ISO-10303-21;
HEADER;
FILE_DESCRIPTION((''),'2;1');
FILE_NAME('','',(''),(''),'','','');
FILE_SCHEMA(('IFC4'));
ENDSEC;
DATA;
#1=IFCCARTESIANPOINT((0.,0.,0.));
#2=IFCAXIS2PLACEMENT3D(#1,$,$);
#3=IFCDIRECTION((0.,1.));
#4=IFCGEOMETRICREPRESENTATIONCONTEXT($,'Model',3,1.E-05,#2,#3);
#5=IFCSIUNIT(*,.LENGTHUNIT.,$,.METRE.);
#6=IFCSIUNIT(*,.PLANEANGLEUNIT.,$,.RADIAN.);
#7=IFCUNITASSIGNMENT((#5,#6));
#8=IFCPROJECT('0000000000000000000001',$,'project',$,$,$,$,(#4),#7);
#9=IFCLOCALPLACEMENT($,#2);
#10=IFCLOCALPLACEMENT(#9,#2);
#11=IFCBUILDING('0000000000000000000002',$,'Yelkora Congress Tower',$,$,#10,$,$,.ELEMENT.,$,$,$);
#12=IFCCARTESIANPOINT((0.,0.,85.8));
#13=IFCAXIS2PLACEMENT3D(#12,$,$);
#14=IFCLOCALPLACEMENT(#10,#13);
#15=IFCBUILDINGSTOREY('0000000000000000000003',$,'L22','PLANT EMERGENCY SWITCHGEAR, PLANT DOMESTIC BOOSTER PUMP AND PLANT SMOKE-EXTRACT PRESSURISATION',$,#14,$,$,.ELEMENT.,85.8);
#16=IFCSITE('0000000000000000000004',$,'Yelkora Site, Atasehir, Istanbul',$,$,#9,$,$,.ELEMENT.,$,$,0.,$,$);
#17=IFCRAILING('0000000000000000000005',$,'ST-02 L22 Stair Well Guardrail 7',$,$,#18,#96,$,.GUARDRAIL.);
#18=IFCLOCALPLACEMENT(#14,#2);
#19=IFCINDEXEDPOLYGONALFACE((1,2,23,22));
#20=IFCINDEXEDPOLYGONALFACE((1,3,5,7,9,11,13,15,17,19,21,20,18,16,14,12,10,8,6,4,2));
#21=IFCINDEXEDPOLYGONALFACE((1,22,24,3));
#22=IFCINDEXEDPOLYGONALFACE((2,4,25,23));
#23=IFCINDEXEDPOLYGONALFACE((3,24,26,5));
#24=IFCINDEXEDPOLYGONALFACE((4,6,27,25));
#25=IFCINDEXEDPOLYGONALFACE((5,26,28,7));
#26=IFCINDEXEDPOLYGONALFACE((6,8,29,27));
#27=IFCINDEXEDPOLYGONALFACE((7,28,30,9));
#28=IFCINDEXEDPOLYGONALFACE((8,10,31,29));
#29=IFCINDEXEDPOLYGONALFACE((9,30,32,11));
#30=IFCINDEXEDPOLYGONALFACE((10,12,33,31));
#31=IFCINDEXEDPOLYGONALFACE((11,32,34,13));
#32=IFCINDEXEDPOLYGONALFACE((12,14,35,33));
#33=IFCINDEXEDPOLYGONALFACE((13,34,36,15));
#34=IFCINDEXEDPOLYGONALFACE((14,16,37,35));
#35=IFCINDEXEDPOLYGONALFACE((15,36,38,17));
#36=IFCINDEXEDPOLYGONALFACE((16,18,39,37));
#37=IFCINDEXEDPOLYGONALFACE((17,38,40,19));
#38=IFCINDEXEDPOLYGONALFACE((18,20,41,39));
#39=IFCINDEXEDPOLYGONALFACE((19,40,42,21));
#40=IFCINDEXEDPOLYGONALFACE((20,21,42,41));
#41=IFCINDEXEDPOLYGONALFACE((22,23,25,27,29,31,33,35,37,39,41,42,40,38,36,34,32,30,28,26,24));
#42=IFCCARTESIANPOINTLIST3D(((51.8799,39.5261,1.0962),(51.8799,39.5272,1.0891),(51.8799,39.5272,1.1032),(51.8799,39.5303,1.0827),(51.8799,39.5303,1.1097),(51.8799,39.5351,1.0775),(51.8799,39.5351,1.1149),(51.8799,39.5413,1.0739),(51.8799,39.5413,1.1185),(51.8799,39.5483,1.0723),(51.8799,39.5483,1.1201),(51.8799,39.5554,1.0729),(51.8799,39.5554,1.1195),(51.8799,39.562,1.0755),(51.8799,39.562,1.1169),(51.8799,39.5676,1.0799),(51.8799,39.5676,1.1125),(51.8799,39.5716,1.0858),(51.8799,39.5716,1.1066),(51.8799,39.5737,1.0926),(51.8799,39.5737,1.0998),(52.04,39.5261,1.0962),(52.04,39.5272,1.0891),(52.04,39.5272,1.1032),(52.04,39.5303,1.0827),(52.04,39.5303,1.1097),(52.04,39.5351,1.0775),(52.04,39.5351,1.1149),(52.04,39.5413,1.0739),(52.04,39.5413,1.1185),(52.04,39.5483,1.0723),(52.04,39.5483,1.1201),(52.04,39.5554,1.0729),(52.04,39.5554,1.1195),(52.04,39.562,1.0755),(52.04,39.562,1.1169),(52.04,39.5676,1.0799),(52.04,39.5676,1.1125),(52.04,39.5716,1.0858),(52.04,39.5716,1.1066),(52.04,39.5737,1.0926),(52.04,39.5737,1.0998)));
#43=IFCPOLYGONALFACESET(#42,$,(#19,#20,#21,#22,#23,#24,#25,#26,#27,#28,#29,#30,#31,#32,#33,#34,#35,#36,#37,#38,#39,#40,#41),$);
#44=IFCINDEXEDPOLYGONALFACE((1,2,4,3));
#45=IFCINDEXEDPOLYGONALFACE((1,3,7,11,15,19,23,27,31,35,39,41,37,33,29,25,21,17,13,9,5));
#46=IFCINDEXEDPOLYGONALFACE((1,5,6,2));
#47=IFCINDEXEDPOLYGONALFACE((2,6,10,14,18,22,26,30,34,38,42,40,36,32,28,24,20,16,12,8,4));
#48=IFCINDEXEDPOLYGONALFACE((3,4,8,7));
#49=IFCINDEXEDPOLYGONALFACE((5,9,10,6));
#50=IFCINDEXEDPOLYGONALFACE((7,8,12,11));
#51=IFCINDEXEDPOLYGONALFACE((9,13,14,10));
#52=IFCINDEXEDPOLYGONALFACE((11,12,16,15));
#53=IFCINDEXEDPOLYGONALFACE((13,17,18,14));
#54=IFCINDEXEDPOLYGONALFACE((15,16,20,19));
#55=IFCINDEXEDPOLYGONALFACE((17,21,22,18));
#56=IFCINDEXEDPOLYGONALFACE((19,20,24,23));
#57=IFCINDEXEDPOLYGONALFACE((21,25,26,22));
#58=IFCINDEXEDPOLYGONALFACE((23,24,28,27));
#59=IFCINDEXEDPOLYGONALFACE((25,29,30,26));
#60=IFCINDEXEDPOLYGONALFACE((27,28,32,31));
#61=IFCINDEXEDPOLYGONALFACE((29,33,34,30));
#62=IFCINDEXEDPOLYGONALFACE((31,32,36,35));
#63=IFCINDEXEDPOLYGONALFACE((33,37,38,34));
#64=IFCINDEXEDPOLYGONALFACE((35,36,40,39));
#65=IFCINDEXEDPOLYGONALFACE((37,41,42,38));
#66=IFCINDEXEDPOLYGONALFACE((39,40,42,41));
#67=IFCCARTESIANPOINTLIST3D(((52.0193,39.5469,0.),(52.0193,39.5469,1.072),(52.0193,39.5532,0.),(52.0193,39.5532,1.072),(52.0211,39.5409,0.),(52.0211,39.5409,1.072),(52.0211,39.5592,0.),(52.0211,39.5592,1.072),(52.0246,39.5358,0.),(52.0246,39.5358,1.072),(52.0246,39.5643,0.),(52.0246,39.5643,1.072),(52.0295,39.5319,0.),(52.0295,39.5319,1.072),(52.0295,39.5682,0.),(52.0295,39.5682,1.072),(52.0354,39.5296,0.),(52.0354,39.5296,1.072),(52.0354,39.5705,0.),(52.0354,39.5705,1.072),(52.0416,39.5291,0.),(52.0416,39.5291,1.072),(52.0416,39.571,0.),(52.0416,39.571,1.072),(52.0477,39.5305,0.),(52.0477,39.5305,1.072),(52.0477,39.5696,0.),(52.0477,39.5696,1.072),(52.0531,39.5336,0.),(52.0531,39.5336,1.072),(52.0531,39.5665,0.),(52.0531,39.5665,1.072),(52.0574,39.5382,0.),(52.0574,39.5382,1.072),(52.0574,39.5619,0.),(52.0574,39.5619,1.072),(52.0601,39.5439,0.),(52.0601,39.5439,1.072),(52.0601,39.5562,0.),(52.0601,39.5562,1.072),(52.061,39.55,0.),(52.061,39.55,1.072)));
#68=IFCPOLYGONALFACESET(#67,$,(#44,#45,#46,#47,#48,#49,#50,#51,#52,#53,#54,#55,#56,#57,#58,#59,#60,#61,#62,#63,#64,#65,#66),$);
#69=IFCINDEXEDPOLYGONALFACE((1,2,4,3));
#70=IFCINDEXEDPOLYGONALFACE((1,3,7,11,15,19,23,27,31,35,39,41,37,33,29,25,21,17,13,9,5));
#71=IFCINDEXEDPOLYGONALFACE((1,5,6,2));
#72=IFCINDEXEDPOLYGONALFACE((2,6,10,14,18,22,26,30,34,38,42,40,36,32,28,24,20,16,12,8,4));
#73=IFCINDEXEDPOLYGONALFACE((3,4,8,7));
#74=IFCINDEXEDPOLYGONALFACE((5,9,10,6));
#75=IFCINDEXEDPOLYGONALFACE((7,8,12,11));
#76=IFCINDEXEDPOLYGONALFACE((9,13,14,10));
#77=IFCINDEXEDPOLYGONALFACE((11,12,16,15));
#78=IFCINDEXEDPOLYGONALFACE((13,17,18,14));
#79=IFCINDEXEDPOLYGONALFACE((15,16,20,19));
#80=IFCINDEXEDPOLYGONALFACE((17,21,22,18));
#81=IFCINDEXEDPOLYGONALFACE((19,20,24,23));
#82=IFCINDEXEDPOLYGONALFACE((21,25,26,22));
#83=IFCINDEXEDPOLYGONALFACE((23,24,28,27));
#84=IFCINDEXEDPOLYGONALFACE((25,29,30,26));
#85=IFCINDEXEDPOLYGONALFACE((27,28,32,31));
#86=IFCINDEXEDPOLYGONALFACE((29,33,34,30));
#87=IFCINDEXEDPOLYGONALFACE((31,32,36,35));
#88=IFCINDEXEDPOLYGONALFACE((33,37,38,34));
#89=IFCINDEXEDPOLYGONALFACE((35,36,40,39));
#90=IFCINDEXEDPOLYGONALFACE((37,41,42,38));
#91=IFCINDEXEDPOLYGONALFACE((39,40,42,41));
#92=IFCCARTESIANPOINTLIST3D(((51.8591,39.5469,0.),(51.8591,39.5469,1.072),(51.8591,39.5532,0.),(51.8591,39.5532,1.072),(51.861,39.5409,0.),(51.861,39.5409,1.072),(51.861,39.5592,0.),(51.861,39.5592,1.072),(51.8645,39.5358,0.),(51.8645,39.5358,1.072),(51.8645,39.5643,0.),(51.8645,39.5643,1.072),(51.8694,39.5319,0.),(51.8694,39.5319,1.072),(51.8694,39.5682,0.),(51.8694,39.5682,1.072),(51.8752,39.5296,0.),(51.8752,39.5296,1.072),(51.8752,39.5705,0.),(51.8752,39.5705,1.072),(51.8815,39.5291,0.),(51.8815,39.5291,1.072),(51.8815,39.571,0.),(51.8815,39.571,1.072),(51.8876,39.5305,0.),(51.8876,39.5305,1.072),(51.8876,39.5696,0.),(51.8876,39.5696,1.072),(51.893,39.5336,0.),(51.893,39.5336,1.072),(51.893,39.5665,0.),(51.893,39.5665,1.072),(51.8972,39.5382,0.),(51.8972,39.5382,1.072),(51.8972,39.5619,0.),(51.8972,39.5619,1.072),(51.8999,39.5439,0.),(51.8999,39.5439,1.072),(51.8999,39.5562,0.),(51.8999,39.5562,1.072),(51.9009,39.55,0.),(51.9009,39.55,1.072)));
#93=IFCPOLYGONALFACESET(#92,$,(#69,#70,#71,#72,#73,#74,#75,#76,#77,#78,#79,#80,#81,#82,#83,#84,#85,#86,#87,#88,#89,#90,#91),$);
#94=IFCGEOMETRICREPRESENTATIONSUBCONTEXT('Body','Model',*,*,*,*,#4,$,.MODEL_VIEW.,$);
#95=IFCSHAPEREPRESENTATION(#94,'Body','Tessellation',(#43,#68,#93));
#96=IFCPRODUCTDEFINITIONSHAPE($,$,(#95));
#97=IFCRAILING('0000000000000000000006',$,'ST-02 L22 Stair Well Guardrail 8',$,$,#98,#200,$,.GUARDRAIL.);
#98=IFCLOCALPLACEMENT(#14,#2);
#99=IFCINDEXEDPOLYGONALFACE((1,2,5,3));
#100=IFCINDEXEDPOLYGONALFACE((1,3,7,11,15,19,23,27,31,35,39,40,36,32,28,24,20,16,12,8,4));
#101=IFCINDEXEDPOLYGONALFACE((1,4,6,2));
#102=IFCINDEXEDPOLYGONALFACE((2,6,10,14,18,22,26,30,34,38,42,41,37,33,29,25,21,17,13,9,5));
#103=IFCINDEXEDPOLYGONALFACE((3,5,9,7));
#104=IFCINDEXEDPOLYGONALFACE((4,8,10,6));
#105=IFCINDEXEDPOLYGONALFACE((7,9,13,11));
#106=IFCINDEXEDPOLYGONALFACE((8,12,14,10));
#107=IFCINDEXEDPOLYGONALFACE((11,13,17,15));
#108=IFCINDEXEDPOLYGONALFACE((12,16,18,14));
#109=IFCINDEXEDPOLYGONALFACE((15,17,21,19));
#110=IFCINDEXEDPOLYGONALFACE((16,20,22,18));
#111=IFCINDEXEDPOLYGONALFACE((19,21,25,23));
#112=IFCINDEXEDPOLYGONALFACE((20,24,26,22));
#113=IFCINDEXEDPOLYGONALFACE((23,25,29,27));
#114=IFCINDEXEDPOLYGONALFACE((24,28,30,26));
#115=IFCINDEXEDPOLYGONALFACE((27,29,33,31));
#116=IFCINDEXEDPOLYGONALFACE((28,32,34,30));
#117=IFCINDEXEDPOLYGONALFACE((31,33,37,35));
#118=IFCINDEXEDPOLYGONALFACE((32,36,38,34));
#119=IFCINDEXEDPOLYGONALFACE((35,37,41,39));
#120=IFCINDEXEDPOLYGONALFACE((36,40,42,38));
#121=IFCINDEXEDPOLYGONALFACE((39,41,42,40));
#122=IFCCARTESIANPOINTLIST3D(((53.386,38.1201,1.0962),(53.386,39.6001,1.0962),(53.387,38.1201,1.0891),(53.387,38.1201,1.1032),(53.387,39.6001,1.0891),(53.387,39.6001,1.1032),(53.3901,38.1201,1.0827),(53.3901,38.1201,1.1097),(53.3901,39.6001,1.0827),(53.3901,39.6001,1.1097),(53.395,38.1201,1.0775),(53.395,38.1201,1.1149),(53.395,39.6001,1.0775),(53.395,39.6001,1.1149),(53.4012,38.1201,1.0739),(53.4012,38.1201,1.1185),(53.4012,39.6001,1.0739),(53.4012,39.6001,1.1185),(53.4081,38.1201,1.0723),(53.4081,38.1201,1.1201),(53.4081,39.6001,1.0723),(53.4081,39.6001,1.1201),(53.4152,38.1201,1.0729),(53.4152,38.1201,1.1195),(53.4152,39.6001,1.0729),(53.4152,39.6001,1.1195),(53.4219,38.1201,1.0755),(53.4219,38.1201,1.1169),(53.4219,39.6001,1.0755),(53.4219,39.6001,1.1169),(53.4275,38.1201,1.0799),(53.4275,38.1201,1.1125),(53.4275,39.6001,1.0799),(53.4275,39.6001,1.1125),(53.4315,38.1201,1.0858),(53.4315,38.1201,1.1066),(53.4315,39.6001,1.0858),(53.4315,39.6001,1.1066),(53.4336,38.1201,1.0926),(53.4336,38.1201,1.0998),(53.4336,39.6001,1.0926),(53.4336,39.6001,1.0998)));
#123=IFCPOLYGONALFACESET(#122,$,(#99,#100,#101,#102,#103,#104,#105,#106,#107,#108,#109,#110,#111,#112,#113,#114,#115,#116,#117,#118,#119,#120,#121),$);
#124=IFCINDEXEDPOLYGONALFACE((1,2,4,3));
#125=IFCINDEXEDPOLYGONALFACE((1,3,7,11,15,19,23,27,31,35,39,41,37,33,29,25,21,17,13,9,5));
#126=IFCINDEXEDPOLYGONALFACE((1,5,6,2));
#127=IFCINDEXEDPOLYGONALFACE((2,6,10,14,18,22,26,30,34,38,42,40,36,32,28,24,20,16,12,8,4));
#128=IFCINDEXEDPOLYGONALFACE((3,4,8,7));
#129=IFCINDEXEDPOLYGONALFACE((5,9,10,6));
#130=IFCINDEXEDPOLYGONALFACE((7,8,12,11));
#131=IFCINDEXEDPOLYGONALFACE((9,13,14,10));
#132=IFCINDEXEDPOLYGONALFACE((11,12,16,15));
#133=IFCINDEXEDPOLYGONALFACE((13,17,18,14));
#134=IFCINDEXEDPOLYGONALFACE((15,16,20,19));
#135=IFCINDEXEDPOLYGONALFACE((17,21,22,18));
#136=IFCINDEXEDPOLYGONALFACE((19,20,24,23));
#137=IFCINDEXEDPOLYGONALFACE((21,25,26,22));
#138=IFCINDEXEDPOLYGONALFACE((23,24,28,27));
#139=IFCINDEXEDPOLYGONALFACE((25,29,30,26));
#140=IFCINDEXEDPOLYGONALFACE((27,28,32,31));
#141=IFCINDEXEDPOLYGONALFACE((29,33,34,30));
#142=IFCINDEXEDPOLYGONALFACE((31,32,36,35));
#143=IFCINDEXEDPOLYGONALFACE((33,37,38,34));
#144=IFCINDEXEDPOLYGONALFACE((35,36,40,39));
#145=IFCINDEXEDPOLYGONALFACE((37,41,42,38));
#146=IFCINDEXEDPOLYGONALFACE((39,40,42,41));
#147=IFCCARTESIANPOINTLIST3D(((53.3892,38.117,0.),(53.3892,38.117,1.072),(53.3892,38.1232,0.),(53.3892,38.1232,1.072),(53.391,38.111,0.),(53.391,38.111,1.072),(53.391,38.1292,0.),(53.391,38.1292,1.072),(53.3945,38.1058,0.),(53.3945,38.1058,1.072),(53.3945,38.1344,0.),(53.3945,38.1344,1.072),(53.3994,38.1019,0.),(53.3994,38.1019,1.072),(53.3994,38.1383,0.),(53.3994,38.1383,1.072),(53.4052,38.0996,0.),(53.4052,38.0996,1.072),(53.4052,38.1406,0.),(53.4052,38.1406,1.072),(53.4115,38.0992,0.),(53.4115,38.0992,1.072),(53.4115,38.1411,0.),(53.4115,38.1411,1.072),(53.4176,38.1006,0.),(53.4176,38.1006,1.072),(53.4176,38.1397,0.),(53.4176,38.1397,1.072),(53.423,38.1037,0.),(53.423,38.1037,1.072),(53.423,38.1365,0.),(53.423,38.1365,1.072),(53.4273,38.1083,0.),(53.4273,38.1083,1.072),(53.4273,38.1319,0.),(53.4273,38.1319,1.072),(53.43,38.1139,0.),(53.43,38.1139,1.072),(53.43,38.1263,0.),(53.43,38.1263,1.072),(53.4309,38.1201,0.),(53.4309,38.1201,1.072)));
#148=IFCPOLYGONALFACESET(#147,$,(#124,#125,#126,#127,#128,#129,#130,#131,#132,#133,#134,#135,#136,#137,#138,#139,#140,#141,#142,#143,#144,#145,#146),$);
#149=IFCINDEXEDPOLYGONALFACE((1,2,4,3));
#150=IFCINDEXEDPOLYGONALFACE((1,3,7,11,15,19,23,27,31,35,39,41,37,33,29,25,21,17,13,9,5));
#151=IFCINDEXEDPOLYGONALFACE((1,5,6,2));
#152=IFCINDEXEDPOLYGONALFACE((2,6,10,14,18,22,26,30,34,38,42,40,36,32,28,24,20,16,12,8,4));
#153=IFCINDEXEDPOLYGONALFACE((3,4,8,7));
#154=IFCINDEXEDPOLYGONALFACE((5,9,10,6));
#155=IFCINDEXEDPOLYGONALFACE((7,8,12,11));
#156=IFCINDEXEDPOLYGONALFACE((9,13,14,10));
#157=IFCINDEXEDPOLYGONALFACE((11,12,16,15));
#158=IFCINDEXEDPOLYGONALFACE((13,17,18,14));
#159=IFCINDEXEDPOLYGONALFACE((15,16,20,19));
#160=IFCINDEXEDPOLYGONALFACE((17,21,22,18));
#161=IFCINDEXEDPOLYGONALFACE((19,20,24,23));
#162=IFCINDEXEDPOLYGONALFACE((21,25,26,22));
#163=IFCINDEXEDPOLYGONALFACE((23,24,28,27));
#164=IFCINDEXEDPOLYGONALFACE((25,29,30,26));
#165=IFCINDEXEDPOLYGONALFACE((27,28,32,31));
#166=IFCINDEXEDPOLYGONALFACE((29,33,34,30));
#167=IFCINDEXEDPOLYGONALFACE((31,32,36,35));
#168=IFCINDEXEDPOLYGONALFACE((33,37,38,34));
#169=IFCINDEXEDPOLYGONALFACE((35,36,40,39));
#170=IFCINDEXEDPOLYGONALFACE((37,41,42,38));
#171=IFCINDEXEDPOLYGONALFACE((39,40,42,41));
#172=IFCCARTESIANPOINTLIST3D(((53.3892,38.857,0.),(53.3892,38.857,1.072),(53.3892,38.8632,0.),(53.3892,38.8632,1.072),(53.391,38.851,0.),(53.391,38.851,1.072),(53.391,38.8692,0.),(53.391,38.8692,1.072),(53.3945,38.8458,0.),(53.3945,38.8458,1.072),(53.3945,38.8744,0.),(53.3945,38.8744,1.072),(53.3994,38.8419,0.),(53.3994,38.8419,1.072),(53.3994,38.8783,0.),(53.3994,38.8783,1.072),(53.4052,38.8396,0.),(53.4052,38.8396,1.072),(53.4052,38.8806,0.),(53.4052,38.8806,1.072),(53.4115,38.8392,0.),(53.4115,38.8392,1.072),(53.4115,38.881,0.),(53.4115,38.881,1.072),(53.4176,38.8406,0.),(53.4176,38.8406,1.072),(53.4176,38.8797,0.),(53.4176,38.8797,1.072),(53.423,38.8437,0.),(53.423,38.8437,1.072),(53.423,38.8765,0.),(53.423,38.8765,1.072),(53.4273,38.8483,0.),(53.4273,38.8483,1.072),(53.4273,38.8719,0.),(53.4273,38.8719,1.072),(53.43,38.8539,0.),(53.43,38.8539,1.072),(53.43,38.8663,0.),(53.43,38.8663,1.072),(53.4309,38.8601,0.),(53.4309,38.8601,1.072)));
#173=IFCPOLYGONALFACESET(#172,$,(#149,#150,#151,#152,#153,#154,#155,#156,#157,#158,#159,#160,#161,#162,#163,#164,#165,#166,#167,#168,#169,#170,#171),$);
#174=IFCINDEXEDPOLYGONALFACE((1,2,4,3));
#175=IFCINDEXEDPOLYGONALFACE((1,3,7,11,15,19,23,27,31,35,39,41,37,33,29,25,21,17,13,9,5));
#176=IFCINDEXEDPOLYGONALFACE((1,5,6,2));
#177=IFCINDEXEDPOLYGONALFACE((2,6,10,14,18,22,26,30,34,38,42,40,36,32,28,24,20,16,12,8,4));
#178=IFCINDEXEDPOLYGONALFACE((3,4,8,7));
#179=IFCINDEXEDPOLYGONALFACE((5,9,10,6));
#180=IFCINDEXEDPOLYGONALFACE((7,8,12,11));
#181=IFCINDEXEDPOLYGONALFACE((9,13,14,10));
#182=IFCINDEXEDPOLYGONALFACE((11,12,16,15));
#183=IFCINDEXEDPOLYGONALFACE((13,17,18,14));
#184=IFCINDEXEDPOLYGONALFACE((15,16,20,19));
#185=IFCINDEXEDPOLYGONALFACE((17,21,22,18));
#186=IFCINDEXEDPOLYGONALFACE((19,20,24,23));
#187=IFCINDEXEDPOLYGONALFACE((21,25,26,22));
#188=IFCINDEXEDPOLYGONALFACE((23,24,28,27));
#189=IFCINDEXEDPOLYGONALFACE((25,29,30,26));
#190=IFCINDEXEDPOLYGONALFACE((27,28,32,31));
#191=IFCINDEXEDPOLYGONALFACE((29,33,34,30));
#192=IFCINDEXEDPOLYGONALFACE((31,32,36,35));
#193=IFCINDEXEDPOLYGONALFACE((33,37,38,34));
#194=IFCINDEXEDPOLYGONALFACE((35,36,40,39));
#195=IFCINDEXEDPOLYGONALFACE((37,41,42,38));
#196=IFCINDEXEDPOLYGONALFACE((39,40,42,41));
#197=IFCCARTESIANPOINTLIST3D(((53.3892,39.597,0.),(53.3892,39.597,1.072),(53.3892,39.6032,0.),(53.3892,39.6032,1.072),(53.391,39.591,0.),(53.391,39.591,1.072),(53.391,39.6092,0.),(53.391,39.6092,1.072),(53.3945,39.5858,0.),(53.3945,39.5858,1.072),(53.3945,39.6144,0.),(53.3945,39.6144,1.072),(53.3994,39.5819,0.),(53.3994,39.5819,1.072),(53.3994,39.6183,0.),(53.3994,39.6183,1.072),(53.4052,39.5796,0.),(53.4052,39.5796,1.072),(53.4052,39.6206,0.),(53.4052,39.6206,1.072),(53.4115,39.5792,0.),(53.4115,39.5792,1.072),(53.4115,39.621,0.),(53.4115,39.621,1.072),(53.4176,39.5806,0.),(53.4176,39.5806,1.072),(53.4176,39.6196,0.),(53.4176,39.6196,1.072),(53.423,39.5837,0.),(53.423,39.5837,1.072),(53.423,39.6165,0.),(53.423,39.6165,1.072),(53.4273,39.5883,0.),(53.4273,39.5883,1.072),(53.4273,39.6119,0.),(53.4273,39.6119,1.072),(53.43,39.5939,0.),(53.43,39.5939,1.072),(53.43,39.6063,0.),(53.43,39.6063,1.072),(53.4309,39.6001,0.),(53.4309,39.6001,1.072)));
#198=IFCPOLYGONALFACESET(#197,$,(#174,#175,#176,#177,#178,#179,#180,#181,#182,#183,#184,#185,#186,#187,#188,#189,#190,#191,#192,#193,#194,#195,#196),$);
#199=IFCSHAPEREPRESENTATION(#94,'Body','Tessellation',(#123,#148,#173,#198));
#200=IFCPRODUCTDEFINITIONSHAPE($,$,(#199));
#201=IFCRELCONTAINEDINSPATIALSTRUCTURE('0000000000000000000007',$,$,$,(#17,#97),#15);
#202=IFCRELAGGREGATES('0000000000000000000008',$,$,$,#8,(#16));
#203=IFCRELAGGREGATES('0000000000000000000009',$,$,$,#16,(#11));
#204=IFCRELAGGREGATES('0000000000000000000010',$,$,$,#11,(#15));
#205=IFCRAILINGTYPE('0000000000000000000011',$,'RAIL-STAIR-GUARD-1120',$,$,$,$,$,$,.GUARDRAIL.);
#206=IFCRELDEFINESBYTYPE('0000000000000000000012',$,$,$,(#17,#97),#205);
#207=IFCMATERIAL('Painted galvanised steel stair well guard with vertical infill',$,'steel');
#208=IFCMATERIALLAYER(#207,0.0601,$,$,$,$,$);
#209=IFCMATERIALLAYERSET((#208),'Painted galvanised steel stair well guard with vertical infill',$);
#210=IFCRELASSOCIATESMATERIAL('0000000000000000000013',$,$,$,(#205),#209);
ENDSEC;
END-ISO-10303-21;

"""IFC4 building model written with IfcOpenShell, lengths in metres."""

from ifc_helpers import new_model, si_unit, direction, frame, origin, origin_2d, place, context, subcontext, project, spatial, circle, extrude, material, layer, layer_set, type_object, element, save


model = new_model("IFC4")

# Units and contexts
model_context = context("Model", 3, precision=1e-05, world=origin(), true_north=direction((0.0, 1.0)))
body_context = subcontext(model_context, "Body", "Model", "MODEL_VIEW")
ifc_project = project(units=[si_unit("LENGTHUNIT", "METRE"), si_unit("PLANEANGLEUNIT", "RADIAN")], contexts=[model_context])

# Site, building, storey
site_placement = place(None, origin())
site = spatial("IfcSite", under=ifc_project, at=site_placement, Name="Yelkora Site, Atasehir, Istanbul", CompositionType="ELEMENT", RefElevation=0.0)
building_placement = place(site_placement, origin())
building = spatial("IfcBuilding", under=site, at=building_placement, Name="Yelkora Congress Tower", CompositionType="ELEMENT")
storey_placement = place(building_placement, frame((0.0, 0.0, 85.8)))
storey = spatial("IfcBuildingStorey", under=building, at=storey_placement, Name="L22", Description="PLANT EMERGENCY SWITCHGEAR, PLANT DOMESTIC BOOSTER PUMP AND PLANT SMOKE-EXTRACT PRESSURISATION", CompositionType="ELEMENT", Elevation=85.8)

# Railings
ifc_material_1 = material(Name="Painted galvanised steel stair well guard with vertical infill", Category="steel")
ifc_layer_1 = layer(ifc_material_1, 0.0601)
ifc_layer_set_1 = layer_set([ifc_layer_1], Name="Painted galvanised steel stair well guard with vertical infill")
railing_type_1 = type_object("IfcRailingType", Name="RAIL-STAIR-GUARD-1120", PredefinedType="GUARDRAIL", material=ifc_layer_set_1)
railing_1_placement = place(storey_placement, frame((52.04, 39.55, 0.0)))
element("IfcRailing", 1, at=railing_1_placement, inside=storey, type_object=railing_type_1, Name="ST-02 L22 Stair Well Guardrail 7", PredefinedType="GUARDRAIL", context=body_context, shape_type="SweptSolid", body=[
    extrude(circle(Radius=0.0239, at=origin_2d()), frame((0.0, 0.0, 1.0962), z_axis=(-1.0, 0.0, 0.0), x_axis=(0.0, -1.0, 0.0)), (0.0, 0.0, 1.0), 0.1602),
    extrude(circle(Radius=0.021, at=origin_2d()), origin(), (0.0, 0.0, 1.0), 1.072),
    extrude(circle(Radius=0.021, at=origin_2d()), frame((-0.1602, 0.0, 0.0)), (0.0, 0.0, 1.0), 1.072),
])
for number, where, name in (
    (2, (53.4099, 38.1201, 0.0), "ST-02 L22 Stair Well Guardrail 8"),
):
    element("IfcRailing", number, at=place(storey_placement, frame(where)), inside=storey, type_object=railing_type_1, Name=name, PredefinedType="GUARDRAIL", context=body_context, shape_type="SweptSolid", body=[
        extrude(circle(Radius=0.0239, at=origin_2d()), frame((0.0, 0.0, 1.0962), z_axis=(0.0, 1.0, 0.0), x_axis=(-1.0, 0.0, 0.0)), (0.0, 0.0, 1.0), 1.48),
        extrude(circle(Radius=0.021, at=origin_2d()), origin(), (0.0, 0.0, 1.0), 1.072),
        extrude(circle(Radius=0.021, at=origin_2d()), frame((0.0, 0.74, 0.0)), (0.0, 0.0, 1.0), 1.072),
        extrude(circle(Radius=0.021, at=origin_2d()), frame((0.0, 1.48, 0.0)), (0.0, 0.0, 1.0), 1.072),
    ])

save(model, "model.ifc")
